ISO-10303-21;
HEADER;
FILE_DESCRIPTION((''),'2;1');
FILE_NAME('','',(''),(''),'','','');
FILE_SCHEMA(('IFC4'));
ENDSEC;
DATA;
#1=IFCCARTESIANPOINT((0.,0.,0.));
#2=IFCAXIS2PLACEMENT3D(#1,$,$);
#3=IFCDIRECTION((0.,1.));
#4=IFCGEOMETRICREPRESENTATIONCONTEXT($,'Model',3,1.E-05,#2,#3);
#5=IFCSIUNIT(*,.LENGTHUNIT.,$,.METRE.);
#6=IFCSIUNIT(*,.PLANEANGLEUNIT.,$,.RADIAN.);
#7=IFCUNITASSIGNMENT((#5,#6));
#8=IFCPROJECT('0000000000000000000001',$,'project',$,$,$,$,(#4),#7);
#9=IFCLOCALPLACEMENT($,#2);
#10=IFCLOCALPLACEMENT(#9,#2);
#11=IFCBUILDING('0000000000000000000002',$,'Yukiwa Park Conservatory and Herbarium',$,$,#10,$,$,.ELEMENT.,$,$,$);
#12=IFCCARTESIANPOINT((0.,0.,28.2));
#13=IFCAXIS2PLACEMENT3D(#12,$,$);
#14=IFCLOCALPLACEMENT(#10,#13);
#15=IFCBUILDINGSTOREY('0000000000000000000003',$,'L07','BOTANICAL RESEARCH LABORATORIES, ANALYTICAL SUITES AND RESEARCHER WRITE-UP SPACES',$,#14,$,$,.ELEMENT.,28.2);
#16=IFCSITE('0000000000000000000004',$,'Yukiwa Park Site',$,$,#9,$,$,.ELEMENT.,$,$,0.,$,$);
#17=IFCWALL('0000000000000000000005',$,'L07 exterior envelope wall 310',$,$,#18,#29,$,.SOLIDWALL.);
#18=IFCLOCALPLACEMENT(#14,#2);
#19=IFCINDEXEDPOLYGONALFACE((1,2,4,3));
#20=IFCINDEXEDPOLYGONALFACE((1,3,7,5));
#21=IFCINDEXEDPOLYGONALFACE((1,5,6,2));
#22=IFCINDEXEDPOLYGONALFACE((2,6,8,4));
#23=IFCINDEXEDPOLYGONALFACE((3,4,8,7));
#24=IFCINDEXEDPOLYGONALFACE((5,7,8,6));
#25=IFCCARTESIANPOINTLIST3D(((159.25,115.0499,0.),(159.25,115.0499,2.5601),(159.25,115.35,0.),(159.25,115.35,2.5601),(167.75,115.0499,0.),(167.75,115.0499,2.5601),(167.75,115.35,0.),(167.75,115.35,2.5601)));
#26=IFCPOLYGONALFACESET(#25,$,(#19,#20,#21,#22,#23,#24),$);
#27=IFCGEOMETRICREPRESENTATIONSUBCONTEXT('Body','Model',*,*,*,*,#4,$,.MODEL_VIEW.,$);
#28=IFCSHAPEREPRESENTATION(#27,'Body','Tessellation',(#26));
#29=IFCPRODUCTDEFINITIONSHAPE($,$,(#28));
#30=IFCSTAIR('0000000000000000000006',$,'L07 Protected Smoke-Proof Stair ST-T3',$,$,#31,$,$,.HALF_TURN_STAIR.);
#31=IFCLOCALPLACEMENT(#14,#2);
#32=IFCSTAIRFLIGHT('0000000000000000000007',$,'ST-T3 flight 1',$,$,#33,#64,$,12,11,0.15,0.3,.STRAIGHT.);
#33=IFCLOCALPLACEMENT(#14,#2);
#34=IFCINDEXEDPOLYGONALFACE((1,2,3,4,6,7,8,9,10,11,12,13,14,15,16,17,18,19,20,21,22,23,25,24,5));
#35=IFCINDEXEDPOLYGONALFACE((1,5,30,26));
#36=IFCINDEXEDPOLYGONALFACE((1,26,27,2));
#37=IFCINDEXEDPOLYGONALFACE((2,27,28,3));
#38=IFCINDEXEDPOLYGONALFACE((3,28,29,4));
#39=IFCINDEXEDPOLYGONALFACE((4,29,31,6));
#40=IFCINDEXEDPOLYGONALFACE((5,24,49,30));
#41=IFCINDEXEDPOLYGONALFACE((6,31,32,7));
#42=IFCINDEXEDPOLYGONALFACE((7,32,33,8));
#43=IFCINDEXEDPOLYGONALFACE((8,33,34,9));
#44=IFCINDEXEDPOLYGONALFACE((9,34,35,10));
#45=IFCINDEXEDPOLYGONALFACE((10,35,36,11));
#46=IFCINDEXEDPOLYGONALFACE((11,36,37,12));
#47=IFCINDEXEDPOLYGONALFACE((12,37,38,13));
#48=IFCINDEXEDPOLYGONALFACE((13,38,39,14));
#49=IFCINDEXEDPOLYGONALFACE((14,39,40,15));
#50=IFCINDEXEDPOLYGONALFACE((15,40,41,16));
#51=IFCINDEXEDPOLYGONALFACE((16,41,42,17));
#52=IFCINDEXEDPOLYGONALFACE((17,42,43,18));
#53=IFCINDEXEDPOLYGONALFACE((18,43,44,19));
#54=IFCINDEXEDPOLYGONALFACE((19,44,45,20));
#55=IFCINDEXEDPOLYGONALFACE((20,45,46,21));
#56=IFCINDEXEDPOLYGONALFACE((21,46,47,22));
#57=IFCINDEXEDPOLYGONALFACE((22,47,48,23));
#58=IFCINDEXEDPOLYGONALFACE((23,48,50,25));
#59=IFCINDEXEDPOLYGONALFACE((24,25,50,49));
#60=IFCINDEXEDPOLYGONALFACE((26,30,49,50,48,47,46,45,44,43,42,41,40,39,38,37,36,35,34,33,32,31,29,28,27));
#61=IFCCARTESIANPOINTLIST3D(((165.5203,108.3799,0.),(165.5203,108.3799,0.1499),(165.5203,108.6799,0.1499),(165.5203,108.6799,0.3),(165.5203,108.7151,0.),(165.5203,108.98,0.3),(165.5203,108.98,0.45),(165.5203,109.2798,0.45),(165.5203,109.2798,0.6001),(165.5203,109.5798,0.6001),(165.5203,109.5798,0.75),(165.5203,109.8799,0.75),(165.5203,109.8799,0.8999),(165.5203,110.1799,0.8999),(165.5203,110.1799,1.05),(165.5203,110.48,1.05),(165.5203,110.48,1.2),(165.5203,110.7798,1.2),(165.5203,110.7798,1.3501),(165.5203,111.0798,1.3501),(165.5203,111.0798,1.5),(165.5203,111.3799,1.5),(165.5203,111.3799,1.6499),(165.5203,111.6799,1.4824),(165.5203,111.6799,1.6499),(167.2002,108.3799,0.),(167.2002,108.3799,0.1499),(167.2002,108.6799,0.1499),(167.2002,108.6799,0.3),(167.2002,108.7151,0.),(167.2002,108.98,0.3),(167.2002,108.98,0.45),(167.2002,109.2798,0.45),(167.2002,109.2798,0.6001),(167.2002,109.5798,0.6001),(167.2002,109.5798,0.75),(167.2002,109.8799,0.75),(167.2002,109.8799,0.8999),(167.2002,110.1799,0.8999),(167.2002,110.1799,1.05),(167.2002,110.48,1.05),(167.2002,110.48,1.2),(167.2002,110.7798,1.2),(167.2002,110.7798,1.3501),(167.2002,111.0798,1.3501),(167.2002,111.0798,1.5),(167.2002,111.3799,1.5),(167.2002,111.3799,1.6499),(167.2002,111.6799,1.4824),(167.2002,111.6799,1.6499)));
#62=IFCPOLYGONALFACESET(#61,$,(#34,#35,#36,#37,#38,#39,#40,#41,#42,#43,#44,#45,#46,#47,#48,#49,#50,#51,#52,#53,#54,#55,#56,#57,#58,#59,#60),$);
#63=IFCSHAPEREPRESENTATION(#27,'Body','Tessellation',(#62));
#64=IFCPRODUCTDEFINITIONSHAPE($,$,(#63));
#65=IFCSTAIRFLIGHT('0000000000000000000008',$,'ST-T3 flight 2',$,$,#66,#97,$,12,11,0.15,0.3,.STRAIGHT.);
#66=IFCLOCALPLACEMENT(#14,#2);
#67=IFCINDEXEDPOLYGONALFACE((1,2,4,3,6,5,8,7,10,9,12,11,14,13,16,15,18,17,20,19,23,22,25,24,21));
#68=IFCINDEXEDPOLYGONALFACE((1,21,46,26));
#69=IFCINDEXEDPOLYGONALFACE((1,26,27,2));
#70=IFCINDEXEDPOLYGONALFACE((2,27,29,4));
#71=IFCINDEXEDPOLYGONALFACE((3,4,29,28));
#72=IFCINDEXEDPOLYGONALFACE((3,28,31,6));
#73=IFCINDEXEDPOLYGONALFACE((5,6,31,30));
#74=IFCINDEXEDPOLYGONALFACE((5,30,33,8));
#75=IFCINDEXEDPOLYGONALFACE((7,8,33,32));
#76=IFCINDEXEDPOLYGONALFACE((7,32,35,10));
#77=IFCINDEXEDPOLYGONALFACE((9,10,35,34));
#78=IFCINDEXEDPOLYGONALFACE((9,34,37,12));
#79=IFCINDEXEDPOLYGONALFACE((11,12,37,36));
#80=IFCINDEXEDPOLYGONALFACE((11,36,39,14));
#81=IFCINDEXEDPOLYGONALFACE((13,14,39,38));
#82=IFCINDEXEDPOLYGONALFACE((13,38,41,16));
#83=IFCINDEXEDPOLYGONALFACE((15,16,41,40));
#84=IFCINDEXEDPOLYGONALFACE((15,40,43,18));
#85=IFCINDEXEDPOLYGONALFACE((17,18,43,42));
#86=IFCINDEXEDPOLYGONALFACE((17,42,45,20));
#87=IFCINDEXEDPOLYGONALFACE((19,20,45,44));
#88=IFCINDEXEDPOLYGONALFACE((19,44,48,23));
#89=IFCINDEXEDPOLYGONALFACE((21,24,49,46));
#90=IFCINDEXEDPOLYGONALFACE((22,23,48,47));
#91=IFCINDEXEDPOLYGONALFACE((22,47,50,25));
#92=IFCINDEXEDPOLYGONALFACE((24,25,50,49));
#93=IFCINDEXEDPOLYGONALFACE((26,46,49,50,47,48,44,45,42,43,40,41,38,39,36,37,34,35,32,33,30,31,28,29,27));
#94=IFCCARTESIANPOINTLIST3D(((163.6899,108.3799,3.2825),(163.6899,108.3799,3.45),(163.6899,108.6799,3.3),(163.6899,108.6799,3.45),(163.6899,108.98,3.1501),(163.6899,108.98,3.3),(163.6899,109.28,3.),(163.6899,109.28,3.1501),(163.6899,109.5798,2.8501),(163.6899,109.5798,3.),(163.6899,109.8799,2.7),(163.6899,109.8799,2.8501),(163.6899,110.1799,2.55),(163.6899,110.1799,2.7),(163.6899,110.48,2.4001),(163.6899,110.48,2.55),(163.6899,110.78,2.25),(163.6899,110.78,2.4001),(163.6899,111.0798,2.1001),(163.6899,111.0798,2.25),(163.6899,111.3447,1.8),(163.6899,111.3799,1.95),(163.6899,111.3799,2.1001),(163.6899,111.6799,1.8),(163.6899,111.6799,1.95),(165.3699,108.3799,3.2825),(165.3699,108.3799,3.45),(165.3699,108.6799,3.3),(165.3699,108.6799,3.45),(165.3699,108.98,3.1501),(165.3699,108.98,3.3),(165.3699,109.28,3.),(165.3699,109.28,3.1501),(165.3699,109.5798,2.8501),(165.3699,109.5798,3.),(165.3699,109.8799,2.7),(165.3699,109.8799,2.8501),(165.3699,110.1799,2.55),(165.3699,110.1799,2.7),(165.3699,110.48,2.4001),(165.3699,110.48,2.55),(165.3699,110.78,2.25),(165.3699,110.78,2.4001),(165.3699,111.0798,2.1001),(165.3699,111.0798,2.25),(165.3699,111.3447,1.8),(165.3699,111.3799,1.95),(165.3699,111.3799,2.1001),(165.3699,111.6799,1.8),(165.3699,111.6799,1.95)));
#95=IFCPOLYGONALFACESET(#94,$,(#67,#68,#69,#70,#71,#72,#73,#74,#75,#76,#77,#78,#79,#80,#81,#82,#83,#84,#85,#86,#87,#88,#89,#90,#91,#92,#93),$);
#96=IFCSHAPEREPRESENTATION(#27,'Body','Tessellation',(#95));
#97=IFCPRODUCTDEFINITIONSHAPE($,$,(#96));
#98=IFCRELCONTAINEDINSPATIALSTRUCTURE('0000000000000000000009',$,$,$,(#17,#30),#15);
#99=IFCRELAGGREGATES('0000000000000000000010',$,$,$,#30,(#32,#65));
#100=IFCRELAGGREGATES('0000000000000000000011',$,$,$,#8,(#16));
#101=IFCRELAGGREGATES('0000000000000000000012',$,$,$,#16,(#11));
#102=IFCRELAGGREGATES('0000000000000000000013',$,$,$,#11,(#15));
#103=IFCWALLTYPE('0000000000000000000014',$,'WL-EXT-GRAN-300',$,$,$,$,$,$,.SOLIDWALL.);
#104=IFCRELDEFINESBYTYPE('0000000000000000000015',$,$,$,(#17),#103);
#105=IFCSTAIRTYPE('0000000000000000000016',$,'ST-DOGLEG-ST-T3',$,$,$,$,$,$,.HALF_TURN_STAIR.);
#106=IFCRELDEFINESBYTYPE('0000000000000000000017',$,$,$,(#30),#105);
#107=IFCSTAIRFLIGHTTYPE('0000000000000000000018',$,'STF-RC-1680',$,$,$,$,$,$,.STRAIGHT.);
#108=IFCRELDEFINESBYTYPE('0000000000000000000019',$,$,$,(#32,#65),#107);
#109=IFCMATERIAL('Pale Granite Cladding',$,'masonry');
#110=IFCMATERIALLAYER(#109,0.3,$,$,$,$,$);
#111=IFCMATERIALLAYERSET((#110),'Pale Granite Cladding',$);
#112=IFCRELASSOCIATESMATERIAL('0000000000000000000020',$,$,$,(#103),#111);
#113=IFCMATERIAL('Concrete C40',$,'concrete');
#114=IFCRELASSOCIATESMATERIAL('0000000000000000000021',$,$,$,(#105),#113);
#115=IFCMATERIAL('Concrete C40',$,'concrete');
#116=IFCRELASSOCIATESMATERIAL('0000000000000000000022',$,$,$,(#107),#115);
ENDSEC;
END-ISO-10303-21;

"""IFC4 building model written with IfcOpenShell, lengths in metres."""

from ifc_helpers import new_model, si_unit, direction, frame, frame_2d, origin, place, context, subcontext, project, spatial, polyline, rectangle, outline, extrude, material, layer, layer_set, type_object, element, aggregate, save


model = new_model("IFC4")

# Units and contexts
model_context = context("Model", 3, precision=1e-05, world=origin(), true_north=direction((0.0, 1.0)))
body_context = subcontext(model_context, "Body", "Model", "MODEL_VIEW")
ifc_project = project(units=[si_unit("LENGTHUNIT", "METRE"), si_unit("PLANEANGLEUNIT", "RADIAN")], contexts=[model_context])

# Site, building, storey
site_placement = place(None, origin())
site = spatial("IfcSite", under=ifc_project, at=site_placement, Name="Yukiwa Park Site", CompositionType="ELEMENT", RefElevation=0.0)
building_placement = place(site_placement, origin())
building = spatial("IfcBuilding", under=site, at=building_placement, Name="Yukiwa Park Conservatory and Herbarium", CompositionType="ELEMENT")
storey_placement = place(building_placement, frame((0.0, 0.0, 28.2)))
storey = spatial("IfcBuildingStorey", under=building, at=storey_placement, Name="L07", Description="BOTANICAL RESEARCH LABORATORIES, ANALYTICAL SUITES AND RESEARCHER WRITE-UP SPACES", CompositionType="ELEMENT", Elevation=28.2)

# Wall
ifc_material_1 = material(Name="Pale Granite Cladding", Category="masonry")
ifc_layer_1 = layer(ifc_material_1, 0.3)
ifc_layer_set_1 = layer_set([ifc_layer_1], Name="Pale Granite Cladding")
wall_type_1 = type_object("IfcWallType", Name="WL-EXT-GRAN-300", PredefinedType="SOLIDWALL", material=ifc_layer_set_1)
wall_1_placement = place(storey_placement, frame((167.75, 115.2, 0.0), z_axis=(0.0, 0.0, 1.0), x_axis=(-1.0, 0.0, 0.0)))
element("IfcWall", 1, at=wall_1_placement, inside=storey, type_object=wall_type_1, Name="L07 exterior envelope wall 310", PredefinedType="SOLIDWALL", context=body_context, shape_type="SweptSolid", body=[
    extrude(rectangle(XDim=8.5, YDim=0.3, at=frame_2d((4.25, 0.0))), origin(), (0.0, 0.0, 1.0), 2.5601),
])

# Stair, stair flights
ifc_material_2 = material(Name="Concrete C40", Category="concrete")
stair_type = type_object("IfcStairType", Name="ST-DOGLEG-ST-T3", PredefinedType="HALF_TURN_STAIR", material=ifc_material_2)
stair_placement = place(storey_placement, origin())
stair = element("IfcStair", 2, at=stair_placement, inside=storey, type_object=stair_type, Name="L07 Protected Smoke-Proof Stair ST-T3", PredefinedType="HALF_TURN_STAIR")
ifc_material_3 = material(Name="Concrete C40", Category="concrete")
stair_flight_type = type_object("IfcStairFlightType", Name="STF-RC-1680", PredefinedType="STRAIGHT", material=ifc_material_3)
stair_flight_1_placement = place(storey_placement, frame((166.3601, 108.3799, 0.0), z_axis=(0.0, 0.0, 1.0), x_axis=(0.0, 1.0, 0.0)))
stair_flight_1 = element("IfcStairFlight", 3, at=stair_flight_1_placement, type_object=stair_flight_type, Name="ST-T3 flight 1", NumberOfRisers=12, NumberOfTreads=11, PredefinedType="STRAIGHT", RiserHeight=0.15, TreadLength=0.3, context=body_context, shape_type="SweptSolid", body=[
    extrude(outline(polyline([(0.0, 0.0), (0.0, 0.1499), (0.3, 0.1499), (0.3, 0.3), (0.6001, 0.3), (0.6001, 0.45), (0.8999, 0.45), (0.8999, 0.6001), (1.2, 0.6001), (1.2, 0.75), (1.5, 0.75), (1.5, 0.8999), (1.8, 0.8999), (1.8, 1.05), (2.1001, 1.05), (2.1001, 1.2), (2.3999, 1.2), (2.3999, 1.3501), (2.7, 1.3501), (2.7, 1.5), (3.0, 1.5), (3.0, 1.6499), (3.3, 1.6499), (3.3, 1.8), (3.3, 1.4824), (0.3352, 0.0), (0.0, 0.0)])), frame((0.0, 0.8398, 0.0), z_axis=(0.0, -1.0, 0.0), x_axis=(1.0, 0.0, 0.0)), (0.0, 0.0, 1.0), 1.6799),
])
stair_flight_2_placement = place(storey_placement, frame((164.53, 111.6799, 1.8), z_axis=(0.0, 0.0, 1.0), x_axis=(0.0, -1.0, 0.0)))
stair_flight_2 = element("IfcStairFlight", 4, at=stair_flight_2_placement, type_object=stair_flight_type, Name="ST-T3 flight 2", NumberOfRisers=12, NumberOfTreads=11, PredefinedType="STRAIGHT", RiserHeight=0.15, TreadLength=0.3, context=body_context, shape_type="SweptSolid", body=[
    extrude(outline(polyline([(0.0, 0.0), (0.0, 0.1499), (0.3, 0.1499), (0.3, 0.3), (0.6001, 0.3), (0.6001, 0.45), (0.8999, 0.45), (0.8999, 0.6001), (1.2, 0.6001), (1.2, 0.75), (1.5, 0.75), (1.5, 0.8999), (1.8, 0.8999), (1.8, 1.05), (2.1001, 1.05), (2.1001, 1.2), (2.3999, 1.2), (2.3999, 1.3501), (2.7, 1.3501), (2.7, 1.5), (3.0, 1.5), (3.0, 1.6499), (3.3, 1.6499), (3.3, 1.8), (3.3, 1.4824), (0.3352, 0.0), (0.0, 0.0)])), frame((0.0, 0.8398, 0.0), z_axis=(0.0, -1.0, 0.0), x_axis=(1.0, 0.0, 0.0)), (0.0, 0.0, 1.0), 1.6799),
])
aggregate(stair, [stair_flight_1, stair_flight_2])

save(model, "model.ifc")
